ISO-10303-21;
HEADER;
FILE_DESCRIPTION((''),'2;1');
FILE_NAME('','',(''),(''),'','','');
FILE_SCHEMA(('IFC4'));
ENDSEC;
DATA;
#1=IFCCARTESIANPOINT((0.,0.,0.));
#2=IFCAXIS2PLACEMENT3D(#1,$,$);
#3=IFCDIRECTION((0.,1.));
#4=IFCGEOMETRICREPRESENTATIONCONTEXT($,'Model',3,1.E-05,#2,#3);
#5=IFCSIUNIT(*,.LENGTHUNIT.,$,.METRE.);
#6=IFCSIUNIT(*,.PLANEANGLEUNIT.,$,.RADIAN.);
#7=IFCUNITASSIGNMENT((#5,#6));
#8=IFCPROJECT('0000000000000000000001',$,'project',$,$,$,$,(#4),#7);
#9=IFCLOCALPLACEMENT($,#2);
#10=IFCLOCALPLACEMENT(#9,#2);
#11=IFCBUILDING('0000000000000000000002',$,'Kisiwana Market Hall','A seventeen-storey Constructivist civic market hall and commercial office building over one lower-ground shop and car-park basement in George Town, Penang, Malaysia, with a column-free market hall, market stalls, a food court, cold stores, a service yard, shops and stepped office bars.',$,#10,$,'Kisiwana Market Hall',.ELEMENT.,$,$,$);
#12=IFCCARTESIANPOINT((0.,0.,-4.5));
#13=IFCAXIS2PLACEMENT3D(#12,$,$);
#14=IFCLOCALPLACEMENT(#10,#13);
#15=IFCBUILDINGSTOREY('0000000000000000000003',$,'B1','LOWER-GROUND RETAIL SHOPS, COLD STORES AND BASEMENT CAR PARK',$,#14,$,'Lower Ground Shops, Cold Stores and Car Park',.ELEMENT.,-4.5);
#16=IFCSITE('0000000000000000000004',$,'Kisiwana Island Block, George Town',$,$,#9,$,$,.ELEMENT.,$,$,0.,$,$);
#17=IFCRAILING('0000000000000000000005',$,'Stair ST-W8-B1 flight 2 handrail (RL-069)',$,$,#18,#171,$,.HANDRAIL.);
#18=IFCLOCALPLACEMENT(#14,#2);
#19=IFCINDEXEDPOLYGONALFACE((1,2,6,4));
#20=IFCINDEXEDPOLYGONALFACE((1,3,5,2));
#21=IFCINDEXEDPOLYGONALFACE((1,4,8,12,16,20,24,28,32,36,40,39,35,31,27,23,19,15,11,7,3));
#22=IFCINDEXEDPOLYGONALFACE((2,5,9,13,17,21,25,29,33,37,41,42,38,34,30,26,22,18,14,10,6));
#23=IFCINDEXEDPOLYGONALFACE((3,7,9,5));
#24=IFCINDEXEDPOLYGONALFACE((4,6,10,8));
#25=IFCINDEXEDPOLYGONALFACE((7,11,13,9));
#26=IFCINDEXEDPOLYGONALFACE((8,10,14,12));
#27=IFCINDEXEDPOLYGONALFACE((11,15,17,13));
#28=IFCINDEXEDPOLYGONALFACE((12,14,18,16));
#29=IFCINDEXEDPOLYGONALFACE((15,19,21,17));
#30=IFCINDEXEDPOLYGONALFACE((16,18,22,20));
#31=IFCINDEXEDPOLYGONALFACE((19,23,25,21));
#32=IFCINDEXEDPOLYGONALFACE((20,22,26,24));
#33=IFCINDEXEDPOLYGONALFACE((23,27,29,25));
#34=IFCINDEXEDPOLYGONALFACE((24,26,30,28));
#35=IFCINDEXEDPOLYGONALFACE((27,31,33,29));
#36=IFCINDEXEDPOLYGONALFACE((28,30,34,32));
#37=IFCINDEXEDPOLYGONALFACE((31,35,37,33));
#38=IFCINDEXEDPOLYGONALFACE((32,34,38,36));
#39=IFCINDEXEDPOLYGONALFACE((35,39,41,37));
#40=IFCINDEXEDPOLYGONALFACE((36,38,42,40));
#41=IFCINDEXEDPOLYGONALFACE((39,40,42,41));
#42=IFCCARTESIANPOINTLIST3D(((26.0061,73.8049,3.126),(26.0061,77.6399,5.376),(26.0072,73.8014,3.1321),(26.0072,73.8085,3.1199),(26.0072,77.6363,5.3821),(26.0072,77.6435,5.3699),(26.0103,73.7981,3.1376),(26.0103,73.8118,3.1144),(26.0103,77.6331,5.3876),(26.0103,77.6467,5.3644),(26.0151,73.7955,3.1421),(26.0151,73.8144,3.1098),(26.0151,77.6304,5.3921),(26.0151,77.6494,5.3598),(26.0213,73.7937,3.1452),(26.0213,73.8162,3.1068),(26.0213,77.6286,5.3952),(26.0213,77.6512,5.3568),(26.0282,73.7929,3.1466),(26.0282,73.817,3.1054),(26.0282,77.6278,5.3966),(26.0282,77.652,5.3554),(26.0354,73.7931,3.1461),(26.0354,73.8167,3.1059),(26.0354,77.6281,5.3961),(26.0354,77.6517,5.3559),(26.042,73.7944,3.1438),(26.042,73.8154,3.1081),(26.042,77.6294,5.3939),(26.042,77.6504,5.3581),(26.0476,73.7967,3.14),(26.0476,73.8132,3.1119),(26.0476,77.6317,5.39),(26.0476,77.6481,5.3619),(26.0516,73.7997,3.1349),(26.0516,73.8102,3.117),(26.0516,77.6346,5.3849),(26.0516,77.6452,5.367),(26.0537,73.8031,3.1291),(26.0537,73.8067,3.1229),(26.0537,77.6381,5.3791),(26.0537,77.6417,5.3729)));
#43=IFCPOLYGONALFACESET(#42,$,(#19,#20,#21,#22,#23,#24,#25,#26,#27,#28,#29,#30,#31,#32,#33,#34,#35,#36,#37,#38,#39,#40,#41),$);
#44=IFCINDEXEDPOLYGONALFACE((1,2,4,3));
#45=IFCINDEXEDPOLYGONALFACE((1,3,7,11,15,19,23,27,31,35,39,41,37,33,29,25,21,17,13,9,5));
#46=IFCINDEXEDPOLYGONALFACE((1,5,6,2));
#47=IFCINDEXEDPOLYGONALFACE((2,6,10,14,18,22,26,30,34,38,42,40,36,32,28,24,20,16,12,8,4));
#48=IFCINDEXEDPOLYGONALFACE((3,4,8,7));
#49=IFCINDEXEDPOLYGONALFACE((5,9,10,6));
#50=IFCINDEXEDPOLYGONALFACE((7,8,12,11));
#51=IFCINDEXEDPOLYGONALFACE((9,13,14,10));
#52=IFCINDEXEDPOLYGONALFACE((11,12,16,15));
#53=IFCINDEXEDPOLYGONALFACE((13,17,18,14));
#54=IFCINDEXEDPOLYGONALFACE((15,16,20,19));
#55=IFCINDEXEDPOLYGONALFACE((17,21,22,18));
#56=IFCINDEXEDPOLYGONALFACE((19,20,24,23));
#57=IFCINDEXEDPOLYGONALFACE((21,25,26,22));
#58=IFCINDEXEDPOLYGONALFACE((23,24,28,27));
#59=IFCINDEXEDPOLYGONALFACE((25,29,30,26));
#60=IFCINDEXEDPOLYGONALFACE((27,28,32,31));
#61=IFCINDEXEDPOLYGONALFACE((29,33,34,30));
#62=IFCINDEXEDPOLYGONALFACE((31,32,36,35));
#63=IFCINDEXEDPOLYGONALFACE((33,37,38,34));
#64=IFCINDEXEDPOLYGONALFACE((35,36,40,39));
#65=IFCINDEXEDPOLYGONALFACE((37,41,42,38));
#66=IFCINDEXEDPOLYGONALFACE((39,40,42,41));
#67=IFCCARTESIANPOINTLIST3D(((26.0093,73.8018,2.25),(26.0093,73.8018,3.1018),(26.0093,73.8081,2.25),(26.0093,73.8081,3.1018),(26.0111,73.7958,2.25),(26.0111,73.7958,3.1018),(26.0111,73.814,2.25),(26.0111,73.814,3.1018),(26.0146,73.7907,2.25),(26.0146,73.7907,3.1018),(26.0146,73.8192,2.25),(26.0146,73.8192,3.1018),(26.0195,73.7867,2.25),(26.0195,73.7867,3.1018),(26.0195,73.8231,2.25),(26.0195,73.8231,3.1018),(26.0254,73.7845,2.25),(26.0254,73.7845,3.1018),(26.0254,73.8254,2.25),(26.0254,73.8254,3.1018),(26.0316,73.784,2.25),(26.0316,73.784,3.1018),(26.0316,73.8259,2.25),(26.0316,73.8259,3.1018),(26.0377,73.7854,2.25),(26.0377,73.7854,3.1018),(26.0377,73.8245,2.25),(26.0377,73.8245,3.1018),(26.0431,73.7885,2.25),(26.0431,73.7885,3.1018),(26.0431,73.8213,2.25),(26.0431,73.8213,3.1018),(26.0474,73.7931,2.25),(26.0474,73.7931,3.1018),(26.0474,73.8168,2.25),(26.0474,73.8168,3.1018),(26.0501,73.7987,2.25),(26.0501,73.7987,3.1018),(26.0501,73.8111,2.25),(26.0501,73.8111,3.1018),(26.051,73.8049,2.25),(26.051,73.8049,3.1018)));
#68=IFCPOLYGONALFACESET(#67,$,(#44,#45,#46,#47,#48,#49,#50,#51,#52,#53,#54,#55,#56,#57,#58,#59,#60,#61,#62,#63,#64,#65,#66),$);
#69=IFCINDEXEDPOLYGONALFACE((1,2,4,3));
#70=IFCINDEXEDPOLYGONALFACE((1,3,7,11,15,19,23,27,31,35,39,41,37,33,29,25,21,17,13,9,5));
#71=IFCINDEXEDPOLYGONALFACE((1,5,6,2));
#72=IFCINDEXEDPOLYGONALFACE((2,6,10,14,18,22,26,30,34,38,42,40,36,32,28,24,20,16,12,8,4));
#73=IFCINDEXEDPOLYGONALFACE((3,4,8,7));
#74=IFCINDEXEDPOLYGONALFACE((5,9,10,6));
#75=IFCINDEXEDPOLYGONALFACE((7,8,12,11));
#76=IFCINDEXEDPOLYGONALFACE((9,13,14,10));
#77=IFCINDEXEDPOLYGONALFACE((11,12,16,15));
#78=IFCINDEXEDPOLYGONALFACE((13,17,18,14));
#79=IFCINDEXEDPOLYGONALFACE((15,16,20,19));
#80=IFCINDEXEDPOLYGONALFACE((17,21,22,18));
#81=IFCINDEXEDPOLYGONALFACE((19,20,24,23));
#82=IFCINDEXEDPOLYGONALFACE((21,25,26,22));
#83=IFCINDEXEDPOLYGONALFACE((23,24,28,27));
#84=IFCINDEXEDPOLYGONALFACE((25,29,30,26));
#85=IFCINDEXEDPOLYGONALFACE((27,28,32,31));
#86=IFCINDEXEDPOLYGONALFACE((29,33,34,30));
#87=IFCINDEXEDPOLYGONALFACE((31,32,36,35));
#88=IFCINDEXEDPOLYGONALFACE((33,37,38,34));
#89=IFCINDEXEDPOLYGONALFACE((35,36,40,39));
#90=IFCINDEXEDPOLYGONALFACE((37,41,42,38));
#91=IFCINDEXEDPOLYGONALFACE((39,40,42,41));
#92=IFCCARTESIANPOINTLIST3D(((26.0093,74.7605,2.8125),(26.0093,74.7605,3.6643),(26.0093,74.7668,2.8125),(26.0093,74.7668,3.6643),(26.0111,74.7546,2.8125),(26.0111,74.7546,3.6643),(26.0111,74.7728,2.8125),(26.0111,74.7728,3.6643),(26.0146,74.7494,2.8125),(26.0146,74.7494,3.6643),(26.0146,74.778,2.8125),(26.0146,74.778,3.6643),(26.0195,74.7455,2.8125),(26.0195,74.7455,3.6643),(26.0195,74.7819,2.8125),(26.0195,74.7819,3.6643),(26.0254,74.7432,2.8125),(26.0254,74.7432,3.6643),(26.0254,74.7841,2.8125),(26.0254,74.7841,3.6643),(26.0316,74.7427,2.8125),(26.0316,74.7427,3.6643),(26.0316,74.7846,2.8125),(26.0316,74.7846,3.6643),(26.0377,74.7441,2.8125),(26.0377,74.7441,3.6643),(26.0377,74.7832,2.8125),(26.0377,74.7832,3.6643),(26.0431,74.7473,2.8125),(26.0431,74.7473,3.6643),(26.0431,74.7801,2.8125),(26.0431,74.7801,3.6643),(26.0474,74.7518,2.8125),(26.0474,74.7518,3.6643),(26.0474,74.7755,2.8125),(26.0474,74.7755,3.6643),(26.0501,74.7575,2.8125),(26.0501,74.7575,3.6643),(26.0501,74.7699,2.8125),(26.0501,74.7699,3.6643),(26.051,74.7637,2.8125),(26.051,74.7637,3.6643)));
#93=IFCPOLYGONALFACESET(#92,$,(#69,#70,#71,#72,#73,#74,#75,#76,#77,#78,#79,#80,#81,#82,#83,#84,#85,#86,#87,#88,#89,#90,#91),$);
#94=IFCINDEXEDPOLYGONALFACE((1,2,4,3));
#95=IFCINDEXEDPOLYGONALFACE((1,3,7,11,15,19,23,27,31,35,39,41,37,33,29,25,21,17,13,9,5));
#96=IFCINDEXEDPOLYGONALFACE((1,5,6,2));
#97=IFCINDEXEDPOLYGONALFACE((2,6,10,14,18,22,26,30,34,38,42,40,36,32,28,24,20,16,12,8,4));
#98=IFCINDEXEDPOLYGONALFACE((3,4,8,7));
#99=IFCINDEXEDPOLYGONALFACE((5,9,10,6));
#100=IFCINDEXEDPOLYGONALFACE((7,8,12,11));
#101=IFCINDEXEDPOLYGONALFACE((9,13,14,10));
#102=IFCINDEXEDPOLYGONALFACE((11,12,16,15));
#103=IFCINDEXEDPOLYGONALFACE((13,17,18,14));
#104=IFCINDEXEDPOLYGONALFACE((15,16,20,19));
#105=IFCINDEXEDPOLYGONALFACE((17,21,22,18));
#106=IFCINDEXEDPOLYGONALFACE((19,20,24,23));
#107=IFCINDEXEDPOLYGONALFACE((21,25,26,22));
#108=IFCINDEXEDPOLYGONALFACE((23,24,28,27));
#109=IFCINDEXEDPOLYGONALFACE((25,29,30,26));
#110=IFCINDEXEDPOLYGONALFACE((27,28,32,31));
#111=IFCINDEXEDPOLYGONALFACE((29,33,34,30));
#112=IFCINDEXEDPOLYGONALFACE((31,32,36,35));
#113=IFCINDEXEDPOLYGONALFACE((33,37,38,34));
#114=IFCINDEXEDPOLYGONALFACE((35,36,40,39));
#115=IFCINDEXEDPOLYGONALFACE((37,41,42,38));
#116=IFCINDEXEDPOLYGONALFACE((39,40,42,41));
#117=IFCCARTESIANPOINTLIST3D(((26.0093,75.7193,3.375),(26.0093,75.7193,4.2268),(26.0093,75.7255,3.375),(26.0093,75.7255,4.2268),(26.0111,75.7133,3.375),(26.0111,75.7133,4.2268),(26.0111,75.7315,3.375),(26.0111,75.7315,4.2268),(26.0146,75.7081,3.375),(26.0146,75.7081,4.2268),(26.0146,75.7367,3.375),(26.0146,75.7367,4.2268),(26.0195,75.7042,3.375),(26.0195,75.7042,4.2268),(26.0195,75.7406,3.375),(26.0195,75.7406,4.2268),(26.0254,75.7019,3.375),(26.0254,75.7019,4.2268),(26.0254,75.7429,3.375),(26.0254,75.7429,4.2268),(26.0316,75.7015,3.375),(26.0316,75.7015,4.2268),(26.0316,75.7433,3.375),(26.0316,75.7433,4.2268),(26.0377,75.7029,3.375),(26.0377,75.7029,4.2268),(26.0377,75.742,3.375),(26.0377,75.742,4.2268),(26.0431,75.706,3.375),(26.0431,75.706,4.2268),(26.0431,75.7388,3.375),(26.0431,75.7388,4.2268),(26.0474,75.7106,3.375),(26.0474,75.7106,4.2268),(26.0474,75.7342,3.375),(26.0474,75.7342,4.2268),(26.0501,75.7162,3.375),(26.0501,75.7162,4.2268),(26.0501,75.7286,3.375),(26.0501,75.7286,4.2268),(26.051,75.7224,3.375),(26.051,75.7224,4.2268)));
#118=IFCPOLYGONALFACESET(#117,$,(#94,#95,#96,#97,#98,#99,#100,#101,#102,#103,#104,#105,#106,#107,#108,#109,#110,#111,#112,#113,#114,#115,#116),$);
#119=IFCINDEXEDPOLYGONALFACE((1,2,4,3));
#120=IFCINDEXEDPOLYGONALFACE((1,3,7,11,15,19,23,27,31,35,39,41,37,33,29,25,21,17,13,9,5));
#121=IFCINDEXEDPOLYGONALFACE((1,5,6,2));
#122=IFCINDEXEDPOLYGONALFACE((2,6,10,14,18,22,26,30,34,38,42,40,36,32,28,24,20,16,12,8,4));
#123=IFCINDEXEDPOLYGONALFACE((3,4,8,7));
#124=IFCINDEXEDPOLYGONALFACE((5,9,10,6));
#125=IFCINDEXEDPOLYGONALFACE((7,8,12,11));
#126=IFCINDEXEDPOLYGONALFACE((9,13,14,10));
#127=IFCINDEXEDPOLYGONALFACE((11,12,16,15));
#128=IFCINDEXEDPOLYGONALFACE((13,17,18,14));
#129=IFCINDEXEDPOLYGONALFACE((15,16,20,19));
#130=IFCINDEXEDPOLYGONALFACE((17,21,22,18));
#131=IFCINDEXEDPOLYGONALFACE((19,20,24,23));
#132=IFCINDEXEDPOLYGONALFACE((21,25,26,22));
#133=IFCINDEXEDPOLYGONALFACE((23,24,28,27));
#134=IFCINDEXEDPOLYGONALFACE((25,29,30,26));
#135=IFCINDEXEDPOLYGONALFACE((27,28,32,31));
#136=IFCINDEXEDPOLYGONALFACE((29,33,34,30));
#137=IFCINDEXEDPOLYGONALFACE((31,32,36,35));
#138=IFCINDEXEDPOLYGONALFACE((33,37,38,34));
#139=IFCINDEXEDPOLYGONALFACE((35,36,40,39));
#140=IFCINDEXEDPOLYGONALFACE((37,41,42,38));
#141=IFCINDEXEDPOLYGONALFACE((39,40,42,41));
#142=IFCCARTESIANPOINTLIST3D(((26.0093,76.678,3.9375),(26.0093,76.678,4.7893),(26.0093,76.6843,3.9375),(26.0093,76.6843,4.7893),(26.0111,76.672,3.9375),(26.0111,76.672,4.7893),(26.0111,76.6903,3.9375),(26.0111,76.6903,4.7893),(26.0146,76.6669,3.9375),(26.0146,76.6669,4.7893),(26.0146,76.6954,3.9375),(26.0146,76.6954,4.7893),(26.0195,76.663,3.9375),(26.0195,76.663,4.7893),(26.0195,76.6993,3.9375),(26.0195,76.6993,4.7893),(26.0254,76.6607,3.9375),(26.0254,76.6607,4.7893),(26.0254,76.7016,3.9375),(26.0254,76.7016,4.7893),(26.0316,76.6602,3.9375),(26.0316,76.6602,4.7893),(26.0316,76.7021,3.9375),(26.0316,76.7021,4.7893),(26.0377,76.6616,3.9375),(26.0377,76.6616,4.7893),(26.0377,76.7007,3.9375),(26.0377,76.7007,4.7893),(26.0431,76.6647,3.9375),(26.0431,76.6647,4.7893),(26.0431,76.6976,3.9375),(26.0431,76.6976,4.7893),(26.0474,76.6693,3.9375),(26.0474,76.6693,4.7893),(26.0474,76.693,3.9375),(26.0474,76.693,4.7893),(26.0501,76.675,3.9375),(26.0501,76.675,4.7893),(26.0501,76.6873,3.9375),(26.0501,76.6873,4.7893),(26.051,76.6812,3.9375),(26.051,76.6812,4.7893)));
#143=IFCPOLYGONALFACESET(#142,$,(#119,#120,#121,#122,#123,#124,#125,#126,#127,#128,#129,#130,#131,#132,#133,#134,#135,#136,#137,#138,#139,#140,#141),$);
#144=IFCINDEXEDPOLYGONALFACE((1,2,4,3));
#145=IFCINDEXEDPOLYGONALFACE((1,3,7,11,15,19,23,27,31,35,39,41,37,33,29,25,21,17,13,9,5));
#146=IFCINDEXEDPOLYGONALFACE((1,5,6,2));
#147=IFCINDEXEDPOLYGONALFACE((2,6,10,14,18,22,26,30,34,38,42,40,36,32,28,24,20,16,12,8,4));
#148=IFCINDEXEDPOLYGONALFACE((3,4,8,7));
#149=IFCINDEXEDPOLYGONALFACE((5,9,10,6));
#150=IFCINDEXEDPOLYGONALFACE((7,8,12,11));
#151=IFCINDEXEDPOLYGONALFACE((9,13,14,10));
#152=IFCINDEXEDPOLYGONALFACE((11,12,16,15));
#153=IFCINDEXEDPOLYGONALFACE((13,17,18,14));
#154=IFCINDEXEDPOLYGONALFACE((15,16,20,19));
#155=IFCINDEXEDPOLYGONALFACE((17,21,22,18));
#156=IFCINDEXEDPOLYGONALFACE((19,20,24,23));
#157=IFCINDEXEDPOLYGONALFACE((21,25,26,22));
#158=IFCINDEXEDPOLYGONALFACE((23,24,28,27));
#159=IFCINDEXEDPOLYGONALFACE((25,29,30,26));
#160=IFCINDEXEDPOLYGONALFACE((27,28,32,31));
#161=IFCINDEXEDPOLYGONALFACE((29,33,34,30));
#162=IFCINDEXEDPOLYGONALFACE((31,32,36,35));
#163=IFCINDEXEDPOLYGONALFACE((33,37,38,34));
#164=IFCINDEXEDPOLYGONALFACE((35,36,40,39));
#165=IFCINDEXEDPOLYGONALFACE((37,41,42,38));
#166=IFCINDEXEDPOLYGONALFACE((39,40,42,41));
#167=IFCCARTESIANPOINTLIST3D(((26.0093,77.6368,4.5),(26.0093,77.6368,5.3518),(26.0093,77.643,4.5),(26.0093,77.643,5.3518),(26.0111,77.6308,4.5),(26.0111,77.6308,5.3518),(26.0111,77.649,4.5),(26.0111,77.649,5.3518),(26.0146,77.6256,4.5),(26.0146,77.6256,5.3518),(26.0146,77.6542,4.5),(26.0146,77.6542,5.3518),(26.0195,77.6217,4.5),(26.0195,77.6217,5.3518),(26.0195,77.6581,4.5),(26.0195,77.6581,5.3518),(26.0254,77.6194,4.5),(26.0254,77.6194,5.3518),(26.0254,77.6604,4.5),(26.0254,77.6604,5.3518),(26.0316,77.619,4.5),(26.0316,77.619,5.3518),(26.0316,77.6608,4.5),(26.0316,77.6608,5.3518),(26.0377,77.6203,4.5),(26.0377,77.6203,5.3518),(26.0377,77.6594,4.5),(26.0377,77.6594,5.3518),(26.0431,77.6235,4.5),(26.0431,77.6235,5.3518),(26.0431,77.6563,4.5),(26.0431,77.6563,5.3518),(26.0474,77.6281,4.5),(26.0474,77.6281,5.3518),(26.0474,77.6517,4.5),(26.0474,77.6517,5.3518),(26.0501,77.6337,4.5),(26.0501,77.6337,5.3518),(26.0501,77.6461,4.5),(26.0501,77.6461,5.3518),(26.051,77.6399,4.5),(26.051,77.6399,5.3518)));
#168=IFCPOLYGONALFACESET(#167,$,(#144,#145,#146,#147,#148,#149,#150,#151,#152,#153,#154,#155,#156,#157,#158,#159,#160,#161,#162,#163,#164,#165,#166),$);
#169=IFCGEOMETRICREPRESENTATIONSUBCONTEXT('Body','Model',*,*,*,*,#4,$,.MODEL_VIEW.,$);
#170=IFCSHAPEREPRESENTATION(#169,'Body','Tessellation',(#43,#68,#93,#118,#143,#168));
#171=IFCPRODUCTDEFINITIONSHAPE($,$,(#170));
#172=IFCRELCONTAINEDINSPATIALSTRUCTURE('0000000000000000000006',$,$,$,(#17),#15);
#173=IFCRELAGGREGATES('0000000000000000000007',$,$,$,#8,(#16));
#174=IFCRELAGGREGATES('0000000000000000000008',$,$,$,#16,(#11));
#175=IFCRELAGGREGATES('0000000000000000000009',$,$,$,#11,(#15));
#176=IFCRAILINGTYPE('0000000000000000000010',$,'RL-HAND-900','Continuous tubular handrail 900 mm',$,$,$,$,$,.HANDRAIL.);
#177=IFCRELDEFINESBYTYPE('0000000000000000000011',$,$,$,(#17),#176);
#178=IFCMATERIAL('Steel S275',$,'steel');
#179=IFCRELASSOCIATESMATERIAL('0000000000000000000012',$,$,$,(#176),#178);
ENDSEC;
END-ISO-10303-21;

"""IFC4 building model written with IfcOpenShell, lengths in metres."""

from ifc_helpers import new_model, si_unit, direction, frame, origin, origin_2d, place, context, subcontext, project, spatial, circle, extrude, material, type_object, element, save


model = new_model("IFC4")

# Units and contexts
model_context = context("Model", 3, precision=1e-05, world=origin(), true_north=direction((0.0, 1.0)))
body_context = subcontext(model_context, "Body", "Model", "MODEL_VIEW")
ifc_project = project(units=[si_unit("LENGTHUNIT", "METRE"), si_unit("PLANEANGLEUNIT", "RADIAN")], contexts=[model_context])

# Site, building, storey
site_placement = place(None, origin())
site = spatial("IfcSite", under=ifc_project, at=site_placement, Name="Kisiwana Island Block, George Town", CompositionType="ELEMENT", RefElevation=0.0)
building_placement = place(site_placement, origin())
building = spatial("IfcBuilding", under=site, at=building_placement, Name="Kisiwana Market Hall", Description="A seventeen-storey Constructivist civic market hall and commercial office building over one lower-ground shop and car-park basement in George Town, Penang, Malaysia, with a column-free market hall, market stalls, a food court, cold stores, a service yard, shops and stepped office bars.", LongName="Kisiwana Market Hall", CompositionType="ELEMENT")
storey_placement = place(building_placement, frame((0.0, 0.0, -4.5)))
storey = spatial("IfcBuildingStorey", under=building, at=storey_placement, Name="B1", Description="LOWER-GROUND RETAIL SHOPS, COLD STORES AND BASEMENT CAR PARK", LongName="Lower Ground Shops, Cold Stores and Car Park", CompositionType="ELEMENT", Elevation=-4.5)

# Railing
ifc_material_1 = material(Name="Steel S275", Category="steel")
railing_type_1 = type_object("IfcRailingType", Name="RL-HAND-900", Description="Continuous tubular handrail 900 mm", PredefinedType="HANDRAIL", material=ifc_material_1)
railing_1_placement = place(storey_placement, frame((26.03, 73.8049, 2.25)))
element("IfcRailing", 1, at=railing_1_placement, inside=storey, type_object=railing_type_1, Name="Stair ST-W8-B1 flight 2 handrail (RL-069)", PredefinedType="HANDRAIL", context=body_context, shape_type="SweptSolid", body=[
    extrude(circle(Radius=0.0239, at=origin_2d()), frame((0.0, 0.0, 0.876), z_axis=(0.0, 0.86251, 0.506041), x_axis=(-1.0, 0.0, 0.0)), (0.0, 0.0, 1.0), 4.4463),
    extrude(circle(Radius=0.021, at=origin_2d()), origin(), (0.0, 0.0, 1.0), 0.8518),
    extrude(circle(Radius=0.021, at=origin_2d()), frame((0.0, 0.9587, 0.5625)), (0.0, 0.0, 1.0), 0.8518),
    extrude(circle(Radius=0.021, at=origin_2d()), frame((0.0, 1.9175, 1.125)), (0.0, 0.0, 1.0), 0.8518),
    extrude(circle(Radius=0.021, at=origin_2d()), frame((0.0, 2.8762, 1.6875)), (0.0, 0.0, 1.0), 0.8518),
    extrude(circle(Radius=0.021, at=origin_2d()), frame((0.0, 3.835, 2.25)), (0.0, 0.0, 1.0), 0.8518),
])

save(model, "model.ifc")
